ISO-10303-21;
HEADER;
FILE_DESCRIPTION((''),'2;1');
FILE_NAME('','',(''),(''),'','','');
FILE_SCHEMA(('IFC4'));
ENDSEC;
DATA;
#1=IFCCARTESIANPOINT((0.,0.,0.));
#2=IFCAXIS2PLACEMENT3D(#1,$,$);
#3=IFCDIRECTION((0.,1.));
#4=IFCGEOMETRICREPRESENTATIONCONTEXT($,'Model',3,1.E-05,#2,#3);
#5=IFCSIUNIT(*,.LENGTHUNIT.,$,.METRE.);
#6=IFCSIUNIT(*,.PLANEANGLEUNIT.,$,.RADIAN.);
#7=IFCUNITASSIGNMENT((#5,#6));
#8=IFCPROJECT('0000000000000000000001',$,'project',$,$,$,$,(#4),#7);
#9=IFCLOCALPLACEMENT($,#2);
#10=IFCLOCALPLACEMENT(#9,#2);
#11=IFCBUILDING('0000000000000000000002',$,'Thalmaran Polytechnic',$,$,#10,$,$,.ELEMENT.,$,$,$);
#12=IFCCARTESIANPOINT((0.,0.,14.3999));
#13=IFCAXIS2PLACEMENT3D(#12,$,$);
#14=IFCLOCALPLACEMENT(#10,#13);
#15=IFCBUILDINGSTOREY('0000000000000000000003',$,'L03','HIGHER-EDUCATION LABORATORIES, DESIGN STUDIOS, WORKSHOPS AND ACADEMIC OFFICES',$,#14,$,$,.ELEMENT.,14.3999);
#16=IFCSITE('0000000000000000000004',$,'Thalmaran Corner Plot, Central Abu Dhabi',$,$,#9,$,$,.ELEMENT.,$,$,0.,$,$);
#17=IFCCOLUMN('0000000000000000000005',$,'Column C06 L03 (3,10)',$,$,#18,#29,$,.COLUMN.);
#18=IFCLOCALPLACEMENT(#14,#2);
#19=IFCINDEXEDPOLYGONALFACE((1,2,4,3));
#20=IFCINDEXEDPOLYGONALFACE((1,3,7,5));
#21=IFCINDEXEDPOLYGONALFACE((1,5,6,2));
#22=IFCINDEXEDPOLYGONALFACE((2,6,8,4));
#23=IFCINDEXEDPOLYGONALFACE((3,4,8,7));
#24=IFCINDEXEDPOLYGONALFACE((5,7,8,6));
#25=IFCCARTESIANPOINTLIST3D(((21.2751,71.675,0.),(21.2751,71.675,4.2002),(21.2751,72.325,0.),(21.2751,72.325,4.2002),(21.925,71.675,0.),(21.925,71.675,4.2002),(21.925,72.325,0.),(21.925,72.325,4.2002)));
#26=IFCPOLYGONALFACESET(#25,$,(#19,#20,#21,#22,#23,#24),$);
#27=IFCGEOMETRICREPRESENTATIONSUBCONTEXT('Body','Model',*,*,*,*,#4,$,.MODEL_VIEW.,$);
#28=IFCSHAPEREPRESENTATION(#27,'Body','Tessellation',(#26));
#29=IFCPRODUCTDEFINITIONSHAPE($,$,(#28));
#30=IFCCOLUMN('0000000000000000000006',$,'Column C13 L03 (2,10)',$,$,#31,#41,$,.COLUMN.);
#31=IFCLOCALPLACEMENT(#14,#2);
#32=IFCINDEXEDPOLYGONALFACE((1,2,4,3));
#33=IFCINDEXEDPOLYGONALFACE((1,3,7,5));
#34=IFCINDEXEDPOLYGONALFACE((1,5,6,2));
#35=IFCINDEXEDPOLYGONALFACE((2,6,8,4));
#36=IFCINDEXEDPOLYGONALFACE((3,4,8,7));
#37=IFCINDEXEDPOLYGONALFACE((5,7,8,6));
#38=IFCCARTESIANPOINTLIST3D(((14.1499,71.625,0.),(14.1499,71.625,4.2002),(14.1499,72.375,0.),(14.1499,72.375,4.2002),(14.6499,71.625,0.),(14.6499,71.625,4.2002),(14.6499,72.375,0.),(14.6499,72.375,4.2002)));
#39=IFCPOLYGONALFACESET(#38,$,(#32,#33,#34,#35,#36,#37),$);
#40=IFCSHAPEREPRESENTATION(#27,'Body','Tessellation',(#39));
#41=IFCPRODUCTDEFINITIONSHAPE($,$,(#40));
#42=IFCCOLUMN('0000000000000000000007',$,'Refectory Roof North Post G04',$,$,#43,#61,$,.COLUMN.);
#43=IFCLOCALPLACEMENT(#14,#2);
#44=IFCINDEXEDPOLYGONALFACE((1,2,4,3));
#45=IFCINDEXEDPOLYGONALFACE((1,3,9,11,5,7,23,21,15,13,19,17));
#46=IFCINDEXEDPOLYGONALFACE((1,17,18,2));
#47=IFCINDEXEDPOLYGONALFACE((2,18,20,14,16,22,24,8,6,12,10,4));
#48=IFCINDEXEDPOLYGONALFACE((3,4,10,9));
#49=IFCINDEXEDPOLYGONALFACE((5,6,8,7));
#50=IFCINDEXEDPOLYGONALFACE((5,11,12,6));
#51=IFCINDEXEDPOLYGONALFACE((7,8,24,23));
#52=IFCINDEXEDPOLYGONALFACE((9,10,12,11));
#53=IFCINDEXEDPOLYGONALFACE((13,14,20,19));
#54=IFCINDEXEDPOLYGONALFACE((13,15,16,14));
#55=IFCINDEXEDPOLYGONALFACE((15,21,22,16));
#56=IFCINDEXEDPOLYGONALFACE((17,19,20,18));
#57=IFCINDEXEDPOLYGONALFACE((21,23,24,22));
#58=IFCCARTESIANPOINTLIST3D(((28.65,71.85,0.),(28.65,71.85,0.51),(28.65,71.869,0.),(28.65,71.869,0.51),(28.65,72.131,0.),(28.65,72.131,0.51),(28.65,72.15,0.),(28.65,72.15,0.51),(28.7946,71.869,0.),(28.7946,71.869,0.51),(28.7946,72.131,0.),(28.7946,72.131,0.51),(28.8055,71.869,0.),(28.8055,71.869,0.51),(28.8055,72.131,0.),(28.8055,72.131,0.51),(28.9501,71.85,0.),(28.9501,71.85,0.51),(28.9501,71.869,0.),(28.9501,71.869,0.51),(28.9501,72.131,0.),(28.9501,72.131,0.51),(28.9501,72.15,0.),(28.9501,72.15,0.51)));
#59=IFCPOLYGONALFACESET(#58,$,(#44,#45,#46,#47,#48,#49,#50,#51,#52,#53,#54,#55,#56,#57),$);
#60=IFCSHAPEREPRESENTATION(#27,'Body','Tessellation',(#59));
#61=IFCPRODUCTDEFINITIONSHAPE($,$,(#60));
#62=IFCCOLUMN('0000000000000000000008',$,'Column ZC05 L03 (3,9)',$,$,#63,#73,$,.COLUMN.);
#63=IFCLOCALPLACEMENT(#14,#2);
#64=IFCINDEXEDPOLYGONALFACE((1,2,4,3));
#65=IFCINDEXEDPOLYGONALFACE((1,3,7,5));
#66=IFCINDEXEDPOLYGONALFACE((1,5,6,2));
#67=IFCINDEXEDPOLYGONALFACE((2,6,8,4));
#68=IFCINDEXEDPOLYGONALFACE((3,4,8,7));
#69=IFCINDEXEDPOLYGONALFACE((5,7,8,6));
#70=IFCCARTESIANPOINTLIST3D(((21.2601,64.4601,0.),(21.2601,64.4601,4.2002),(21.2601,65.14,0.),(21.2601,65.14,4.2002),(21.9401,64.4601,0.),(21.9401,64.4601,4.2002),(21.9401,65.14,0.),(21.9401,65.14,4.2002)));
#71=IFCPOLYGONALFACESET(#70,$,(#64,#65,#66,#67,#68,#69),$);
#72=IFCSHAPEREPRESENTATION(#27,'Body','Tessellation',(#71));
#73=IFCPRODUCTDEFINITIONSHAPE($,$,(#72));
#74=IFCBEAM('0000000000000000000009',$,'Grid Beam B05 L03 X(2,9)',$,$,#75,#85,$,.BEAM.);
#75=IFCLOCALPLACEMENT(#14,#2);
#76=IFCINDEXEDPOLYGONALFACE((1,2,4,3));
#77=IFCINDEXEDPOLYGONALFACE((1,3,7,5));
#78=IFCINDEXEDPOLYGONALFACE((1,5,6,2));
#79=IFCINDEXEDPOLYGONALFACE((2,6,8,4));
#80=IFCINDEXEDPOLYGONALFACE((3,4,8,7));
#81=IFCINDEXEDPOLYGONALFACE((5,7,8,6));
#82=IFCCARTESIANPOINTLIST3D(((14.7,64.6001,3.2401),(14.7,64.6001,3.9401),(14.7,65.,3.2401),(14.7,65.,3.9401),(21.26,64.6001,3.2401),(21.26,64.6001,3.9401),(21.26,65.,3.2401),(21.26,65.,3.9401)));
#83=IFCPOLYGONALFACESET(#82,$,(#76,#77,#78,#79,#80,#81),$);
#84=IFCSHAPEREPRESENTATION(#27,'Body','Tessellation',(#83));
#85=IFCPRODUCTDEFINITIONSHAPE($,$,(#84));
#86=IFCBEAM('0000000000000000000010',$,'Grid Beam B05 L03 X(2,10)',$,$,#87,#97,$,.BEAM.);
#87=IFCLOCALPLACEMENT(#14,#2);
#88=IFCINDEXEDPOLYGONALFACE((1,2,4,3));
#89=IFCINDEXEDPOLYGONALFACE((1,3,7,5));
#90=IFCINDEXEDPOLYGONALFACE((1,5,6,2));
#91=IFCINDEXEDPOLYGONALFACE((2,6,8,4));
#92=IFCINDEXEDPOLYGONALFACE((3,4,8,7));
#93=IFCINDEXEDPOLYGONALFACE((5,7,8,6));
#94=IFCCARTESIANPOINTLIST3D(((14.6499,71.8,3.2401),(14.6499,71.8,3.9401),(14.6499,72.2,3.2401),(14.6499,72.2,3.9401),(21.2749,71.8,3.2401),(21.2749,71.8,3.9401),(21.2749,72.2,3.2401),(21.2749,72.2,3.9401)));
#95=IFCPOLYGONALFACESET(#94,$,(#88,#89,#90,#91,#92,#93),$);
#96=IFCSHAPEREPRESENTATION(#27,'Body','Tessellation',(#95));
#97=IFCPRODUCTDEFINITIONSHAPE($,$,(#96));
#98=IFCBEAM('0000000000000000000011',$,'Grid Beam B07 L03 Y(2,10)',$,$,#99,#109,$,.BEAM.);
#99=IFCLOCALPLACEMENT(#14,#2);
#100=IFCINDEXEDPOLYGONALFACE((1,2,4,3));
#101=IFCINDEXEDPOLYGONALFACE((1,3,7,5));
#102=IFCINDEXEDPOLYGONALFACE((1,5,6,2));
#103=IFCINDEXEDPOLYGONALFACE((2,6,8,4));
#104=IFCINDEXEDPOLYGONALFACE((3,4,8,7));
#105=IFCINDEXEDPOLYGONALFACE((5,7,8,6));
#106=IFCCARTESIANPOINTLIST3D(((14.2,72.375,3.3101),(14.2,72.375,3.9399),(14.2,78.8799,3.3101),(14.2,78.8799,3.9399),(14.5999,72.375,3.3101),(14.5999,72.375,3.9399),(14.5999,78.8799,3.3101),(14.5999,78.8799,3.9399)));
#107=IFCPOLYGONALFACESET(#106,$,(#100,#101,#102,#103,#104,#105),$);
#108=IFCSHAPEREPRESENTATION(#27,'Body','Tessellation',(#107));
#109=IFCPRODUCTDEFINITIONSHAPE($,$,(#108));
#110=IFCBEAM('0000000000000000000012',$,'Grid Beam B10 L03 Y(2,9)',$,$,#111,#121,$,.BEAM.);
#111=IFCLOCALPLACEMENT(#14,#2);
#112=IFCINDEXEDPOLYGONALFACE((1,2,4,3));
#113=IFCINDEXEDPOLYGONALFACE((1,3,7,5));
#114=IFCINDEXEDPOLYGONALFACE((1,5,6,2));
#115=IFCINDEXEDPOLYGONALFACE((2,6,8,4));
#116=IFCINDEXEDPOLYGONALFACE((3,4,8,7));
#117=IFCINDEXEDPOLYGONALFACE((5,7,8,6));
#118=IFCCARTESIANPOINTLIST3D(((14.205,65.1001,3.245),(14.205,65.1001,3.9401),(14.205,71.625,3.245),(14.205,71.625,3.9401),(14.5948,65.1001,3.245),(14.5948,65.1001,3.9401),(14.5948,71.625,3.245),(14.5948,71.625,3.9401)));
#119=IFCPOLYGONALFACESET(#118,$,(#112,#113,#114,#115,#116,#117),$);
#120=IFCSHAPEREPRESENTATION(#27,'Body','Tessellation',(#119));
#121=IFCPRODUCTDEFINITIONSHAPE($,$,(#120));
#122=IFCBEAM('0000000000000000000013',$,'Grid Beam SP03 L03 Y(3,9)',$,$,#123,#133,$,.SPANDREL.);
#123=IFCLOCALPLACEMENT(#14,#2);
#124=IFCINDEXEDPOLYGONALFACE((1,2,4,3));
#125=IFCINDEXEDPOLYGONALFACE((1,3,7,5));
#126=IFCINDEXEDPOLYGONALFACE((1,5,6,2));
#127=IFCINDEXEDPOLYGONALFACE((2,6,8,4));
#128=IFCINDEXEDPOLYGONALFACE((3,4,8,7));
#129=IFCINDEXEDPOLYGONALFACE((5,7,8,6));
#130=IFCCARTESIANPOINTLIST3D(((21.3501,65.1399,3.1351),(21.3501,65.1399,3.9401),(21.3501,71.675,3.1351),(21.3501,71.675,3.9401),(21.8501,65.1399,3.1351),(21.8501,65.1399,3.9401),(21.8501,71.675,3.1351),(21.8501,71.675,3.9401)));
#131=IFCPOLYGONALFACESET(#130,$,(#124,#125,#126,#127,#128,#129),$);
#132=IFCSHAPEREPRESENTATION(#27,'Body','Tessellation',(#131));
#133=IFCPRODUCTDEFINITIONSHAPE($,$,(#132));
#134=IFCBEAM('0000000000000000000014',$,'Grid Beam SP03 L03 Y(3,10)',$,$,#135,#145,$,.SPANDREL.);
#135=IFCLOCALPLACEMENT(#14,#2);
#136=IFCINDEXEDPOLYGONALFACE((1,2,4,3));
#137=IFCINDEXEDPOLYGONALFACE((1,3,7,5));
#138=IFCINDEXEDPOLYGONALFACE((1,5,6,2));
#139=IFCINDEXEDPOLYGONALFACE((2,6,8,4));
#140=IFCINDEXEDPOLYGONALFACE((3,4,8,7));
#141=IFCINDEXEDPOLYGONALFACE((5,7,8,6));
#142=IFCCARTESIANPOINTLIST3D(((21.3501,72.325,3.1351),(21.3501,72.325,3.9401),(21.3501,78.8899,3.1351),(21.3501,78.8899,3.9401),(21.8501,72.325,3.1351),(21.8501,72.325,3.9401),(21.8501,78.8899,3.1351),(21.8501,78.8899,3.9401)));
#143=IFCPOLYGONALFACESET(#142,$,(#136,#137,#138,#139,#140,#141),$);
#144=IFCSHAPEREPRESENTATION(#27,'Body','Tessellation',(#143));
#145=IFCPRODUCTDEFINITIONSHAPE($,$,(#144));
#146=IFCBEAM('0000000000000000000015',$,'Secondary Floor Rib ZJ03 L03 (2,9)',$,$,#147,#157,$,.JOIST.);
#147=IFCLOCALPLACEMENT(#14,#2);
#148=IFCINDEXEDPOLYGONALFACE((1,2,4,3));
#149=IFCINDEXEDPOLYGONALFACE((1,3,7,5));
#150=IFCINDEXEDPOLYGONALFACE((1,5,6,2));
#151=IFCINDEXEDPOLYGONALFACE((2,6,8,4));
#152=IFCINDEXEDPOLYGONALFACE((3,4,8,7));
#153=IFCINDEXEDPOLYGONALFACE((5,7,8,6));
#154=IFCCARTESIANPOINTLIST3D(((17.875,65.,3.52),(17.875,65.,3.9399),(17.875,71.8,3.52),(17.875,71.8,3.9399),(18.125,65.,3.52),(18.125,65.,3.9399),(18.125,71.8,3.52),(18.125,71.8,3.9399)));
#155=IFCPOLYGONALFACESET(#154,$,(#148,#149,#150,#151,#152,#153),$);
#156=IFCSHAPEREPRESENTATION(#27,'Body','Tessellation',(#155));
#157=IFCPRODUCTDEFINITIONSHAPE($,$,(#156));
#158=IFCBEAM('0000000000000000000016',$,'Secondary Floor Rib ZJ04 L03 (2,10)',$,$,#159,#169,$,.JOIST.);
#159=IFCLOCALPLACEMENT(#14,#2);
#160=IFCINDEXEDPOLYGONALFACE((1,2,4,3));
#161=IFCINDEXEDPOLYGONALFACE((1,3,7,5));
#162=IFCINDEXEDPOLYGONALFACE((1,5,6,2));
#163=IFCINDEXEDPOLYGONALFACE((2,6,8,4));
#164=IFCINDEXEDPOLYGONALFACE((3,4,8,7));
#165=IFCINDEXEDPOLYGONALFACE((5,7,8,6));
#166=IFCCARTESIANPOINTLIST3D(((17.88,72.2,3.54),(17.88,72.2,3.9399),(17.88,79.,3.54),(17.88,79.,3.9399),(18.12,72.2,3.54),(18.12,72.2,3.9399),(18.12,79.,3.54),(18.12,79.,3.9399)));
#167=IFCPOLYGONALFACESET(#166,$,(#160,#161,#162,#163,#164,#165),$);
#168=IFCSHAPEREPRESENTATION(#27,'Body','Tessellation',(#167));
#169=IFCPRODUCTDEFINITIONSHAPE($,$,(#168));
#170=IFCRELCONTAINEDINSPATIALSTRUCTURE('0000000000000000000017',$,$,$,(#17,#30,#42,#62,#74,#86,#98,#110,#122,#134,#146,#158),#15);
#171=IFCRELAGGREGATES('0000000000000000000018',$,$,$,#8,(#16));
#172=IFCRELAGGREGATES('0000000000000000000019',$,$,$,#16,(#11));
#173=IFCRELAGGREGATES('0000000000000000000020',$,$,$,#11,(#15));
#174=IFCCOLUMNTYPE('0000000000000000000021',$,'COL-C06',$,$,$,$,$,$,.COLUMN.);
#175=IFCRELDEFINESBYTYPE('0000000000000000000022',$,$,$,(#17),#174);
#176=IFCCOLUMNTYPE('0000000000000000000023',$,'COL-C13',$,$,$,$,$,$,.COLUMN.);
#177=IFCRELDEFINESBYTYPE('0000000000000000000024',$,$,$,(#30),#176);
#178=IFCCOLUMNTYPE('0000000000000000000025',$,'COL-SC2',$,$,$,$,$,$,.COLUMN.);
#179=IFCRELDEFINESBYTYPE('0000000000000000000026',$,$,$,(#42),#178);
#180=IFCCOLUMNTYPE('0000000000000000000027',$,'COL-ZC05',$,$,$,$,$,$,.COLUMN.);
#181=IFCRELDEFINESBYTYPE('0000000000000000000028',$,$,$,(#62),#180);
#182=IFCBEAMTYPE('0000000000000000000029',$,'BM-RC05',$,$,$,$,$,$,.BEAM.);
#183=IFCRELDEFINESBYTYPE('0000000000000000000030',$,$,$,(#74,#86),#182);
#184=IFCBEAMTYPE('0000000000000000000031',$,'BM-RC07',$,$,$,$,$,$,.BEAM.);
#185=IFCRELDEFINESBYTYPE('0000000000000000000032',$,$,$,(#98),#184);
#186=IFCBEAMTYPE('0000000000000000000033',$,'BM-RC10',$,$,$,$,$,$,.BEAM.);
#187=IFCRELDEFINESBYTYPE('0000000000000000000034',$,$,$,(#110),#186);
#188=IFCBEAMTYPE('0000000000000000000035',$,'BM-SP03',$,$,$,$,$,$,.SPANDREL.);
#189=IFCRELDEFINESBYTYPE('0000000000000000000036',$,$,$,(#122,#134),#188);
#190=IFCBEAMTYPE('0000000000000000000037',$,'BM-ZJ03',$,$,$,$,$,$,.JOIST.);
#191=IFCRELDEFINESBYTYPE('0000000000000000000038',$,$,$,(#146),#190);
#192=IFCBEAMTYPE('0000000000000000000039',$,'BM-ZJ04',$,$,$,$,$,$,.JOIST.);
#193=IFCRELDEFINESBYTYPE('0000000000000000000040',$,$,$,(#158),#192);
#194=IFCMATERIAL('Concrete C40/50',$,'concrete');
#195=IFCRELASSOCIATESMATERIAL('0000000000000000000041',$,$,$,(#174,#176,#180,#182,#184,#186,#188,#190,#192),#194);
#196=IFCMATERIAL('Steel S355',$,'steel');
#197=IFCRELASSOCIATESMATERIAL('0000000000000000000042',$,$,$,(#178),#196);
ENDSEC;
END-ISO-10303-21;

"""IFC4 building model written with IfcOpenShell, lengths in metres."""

from ifc_helpers import new_model, si_unit, direction, frame, origin, origin_2d, place, context, subcontext, project, spatial, rectangle, i_section, extrude, material, material_profile, profile_set, type_object, element, save


model = new_model("IFC4")

# Units and contexts
model_context = context("Model", 3, precision=1e-05, world=origin(), true_north=direction((0.0, 1.0)))
body_context = subcontext(model_context, "Body", "Model", "MODEL_VIEW")
ifc_project = project(units=[si_unit("LENGTHUNIT", "METRE"), si_unit("PLANEANGLEUNIT", "RADIAN")], contexts=[model_context])

# Site, building, storey
site_placement = place(None, origin())
site = spatial("IfcSite", under=ifc_project, at=site_placement, Name="Thalmaran Corner Plot, Central Abu Dhabi", CompositionType="ELEMENT", RefElevation=0.0)
building_placement = place(site_placement, origin())
building = spatial("IfcBuilding", under=site, at=building_placement, Name="Thalmaran Polytechnic", CompositionType="ELEMENT")
storey_placement = place(building_placement, frame((0.0, 0.0, 14.3999)))
storey = spatial("IfcBuildingStorey", under=building, at=storey_placement, Name="L03", Description="HIGHER-EDUCATION LABORATORIES, DESIGN STUDIOS, WORKSHOPS AND ACADEMIC OFFICES", CompositionType="ELEMENT", Elevation=14.3999)

# Columns
ifc_material_1 = material(Name="Concrete C40/50", Category="concrete")
ifc_material_profile_1 = material_profile(ifc_material_1, rectangle(XDim=0.6499, YDim=0.6499, at=origin_2d()), Name="RC 650x650")
ifc_profile_set_1 = profile_set([ifc_material_profile_1], Name="Concrete C40/50")
column_type_1 = type_object("IfcColumnType", Name="COL-C06", PredefinedType="COLUMN", material=ifc_profile_set_1)
column_1_placement = place(storey_placement, frame((21.6001, 72.0, 0.0), z_axis=(0.0, 0.0, 1.0), x_axis=(1.0, 0.0, 0.0)))
element("IfcColumn", 1, at=column_1_placement, inside=storey, type_object=column_type_1, Name="Column C06 L03 (3,10)", PredefinedType="COLUMN", context=body_context, shape_type="SweptSolid", body=[
    extrude(rectangle(XDim=0.6499, YDim=0.6499, at=origin_2d()), origin(), (0.0, 0.0, 1.0), 4.2002),
])
ifc_material_profile_2 = material_profile(ifc_material_1, rectangle(XDim=0.5, YDim=0.75, at=origin_2d()), Name="RC 500x750")
ifc_profile_set_2 = profile_set([ifc_material_profile_2], Name="Concrete C40/50")
column_type_2 = type_object("IfcColumnType", Name="COL-C13", PredefinedType="COLUMN", material=ifc_profile_set_2)
column_2_placement = place(storey_placement, frame((14.3999, 72.0, 0.0), z_axis=(0.0, 0.0, 1.0), x_axis=(1.0, 0.0, 0.0)))
element("IfcColumn", 2, at=column_2_placement, inside=storey, type_object=column_type_2, Name="Column C13 L03 (2,10)", PredefinedType="COLUMN", context=body_context, shape_type="SweptSolid", body=[
    extrude(rectangle(XDim=0.5, YDim=0.75, at=origin_2d()), origin(), (0.0, 0.0, 1.0), 4.2002),
])
ifc_material_2 = material(Name="Steel S355", Category="steel")
ifc_material_profile_3 = material_profile(ifc_material_2, i_section(OverallWidth=0.3, OverallDepth=0.3, WebThickness=0.011, FlangeThickness=0.019, at=origin_2d()), Name="HEB 300")
ifc_profile_set_3 = profile_set([ifc_material_profile_3], Name="Steel S355")
column_type_3 = type_object("IfcColumnType", Name="COL-SC2", PredefinedType="COLUMN", material=ifc_profile_set_3)
column_3_placement = place(storey_placement, frame((28.8, 72.0, 0.0), z_axis=(0.0, 0.0, 1.0), x_axis=(1.0, 0.0, 0.0)))
element("IfcColumn", 3, at=column_3_placement, inside=storey, type_object=column_type_3, Name="Refectory Roof North Post G04", PredefinedType="COLUMN", context=body_context, shape_type="SweptSolid", body=[
    extrude(i_section(OverallWidth=0.3, OverallDepth=0.3, WebThickness=0.011, FlangeThickness=0.019, at=origin_2d()), origin(), (0.0, 0.0, 1.0), 0.51),
])
ifc_material_profile_4 = material_profile(ifc_material_1, rectangle(XDim=0.6799, YDim=0.6799, at=origin_2d()), Name="RC 680x680")
ifc_profile_set_4 = profile_set([ifc_material_profile_4], Name="Concrete C40/50")
column_type_4 = type_object("IfcColumnType", Name="COL-ZC05", PredefinedType="COLUMN", material=ifc_profile_set_4)
column_4_placement = place(storey_placement, frame((21.6001, 64.8, 0.0), z_axis=(0.0, 0.0, 1.0), x_axis=(1.0, 0.0, 0.0)))
element("IfcColumn", 4, at=column_4_placement, inside=storey, type_object=column_type_4, Name="Column ZC05 L03 (3,9)", PredefinedType="COLUMN", context=body_context, shape_type="SweptSolid", body=[
    extrude(rectangle(XDim=0.6799, YDim=0.6799, at=origin_2d()), origin(), (0.0, 0.0, 1.0), 4.2002),
])

# Beams
ifc_material_profile_5 = material_profile(ifc_material_1, rectangle(XDim=0.3999, YDim=0.7, at=origin_2d()), Name="RC 400x700")
ifc_profile_set_5 = profile_set([ifc_material_profile_5], Name="Concrete C40/50")
beam_type_1 = type_object("IfcBeamType", Name="BM-RC05", PredefinedType="BEAM", material=ifc_profile_set_5)
beam_1_placement = place(storey_placement, frame((14.7, 64.8, 3.5901), z_axis=(1.0, 0.0, 0.0), x_axis=(0.0, 1.0, 0.0)))
element("IfcBeam", 5, at=beam_1_placement, inside=storey, type_object=beam_type_1, Name="Grid Beam B05 L03 X(2,9)", PredefinedType="BEAM", context=body_context, shape_type="SweptSolid", body=[
    extrude(rectangle(XDim=0.3999, YDim=0.7, at=origin_2d()), origin(), (0.0, 0.0, 1.0), 6.5601),
])
beam_2_placement = place(storey_placement, frame((14.6499, 72.0, 3.5901), z_axis=(1.0, 0.0, 0.0), x_axis=(0.0, 1.0, 0.0)))
element("IfcBeam", 6, at=beam_2_placement, inside=storey, type_object=beam_type_1, Name="Grid Beam B05 L03 X(2,10)", PredefinedType="BEAM", context=body_context, shape_type="SweptSolid", body=[
    extrude(rectangle(XDim=0.3999, YDim=0.7, at=origin_2d()), origin(), (0.0, 0.0, 1.0), 6.625),
])
ifc_material_profile_6 = material_profile(ifc_material_1, rectangle(XDim=0.3999, YDim=0.6299, at=origin_2d()), Name="RC 400x630")
ifc_profile_set_6 = profile_set([ifc_material_profile_6], Name="Concrete C40/50")
beam_type_2 = type_object("IfcBeamType", Name="BM-RC07", PredefinedType="BEAM", material=ifc_profile_set_6)
beam_3_placement = place(storey_placement, frame((14.3999, 72.375, 3.625), z_axis=(0.0, 1.0, 0.0), x_axis=(-1.0, 0.0, 0.0)))
element("IfcBeam", 7, at=beam_3_placement, inside=storey, type_object=beam_type_2, Name="Grid Beam B07 L03 Y(2,10)", PredefinedType="BEAM", context=body_context, shape_type="SweptSolid", body=[
    extrude(rectangle(XDim=0.3999, YDim=0.6299, at=origin_2d()), origin(), (0.0, 0.0, 1.0), 6.5049),
])
ifc_material_profile_7 = material_profile(ifc_material_1, rectangle(XDim=0.3899, YDim=0.6951, at=origin_2d()), Name="RC 390x695")
ifc_profile_set_7 = profile_set([ifc_material_profile_7], Name="Concrete C40/50")
beam_type_3 = type_object("IfcBeamType", Name="BM-RC10", PredefinedType="BEAM", material=ifc_profile_set_7)
beam_4_placement = place(storey_placement, frame((14.3999, 65.1001, 3.5925), z_axis=(0.0, 1.0, 0.0), x_axis=(-1.0, 0.0, 0.0)))
element("IfcBeam", 8, at=beam_4_placement, inside=storey, type_object=beam_type_3, Name="Grid Beam B10 L03 Y(2,9)", PredefinedType="BEAM", context=body_context, shape_type="SweptSolid", body=[
    extrude(rectangle(XDim=0.3899, YDim=0.6951, at=origin_2d()), origin(), (0.0, 0.0, 1.0), 6.5249),
])
ifc_material_profile_8 = material_profile(ifc_material_1, rectangle(XDim=0.5, YDim=0.8049, at=origin_2d()), Name="RC 500x805")
ifc_profile_set_8 = profile_set([ifc_material_profile_8], Name="Concrete C40/50")
beam_type_4 = type_object("IfcBeamType", Name="BM-SP03", PredefinedType="SPANDREL", material=ifc_profile_set_8)
beam_5_placement = place(storey_placement, frame((21.6001, 65.1399, 3.5376), z_axis=(0.0, 1.0, 0.0), x_axis=(-1.0, 0.0, 0.0)))
element("IfcBeam", 9, at=beam_5_placement, inside=storey, type_object=beam_type_4, Name="Grid Beam SP03 L03 Y(3,9)", PredefinedType="SPANDREL", context=body_context, shape_type="SweptSolid", body=[
    extrude(rectangle(XDim=0.5, YDim=0.8049, at=origin_2d()), origin(), (0.0, 0.0, 1.0), 6.5352),
])
beam_6_placement = place(storey_placement, frame((21.6001, 72.325, 3.5376), z_axis=(0.0, 1.0, 0.0), x_axis=(-1.0, 0.0, 0.0)))
element("IfcBeam", 10, at=beam_6_placement, inside=storey, type_object=beam_type_4, Name="Grid Beam SP03 L03 Y(3,10)", PredefinedType="SPANDREL", context=body_context, shape_type="SweptSolid", body=[
    extrude(rectangle(XDim=0.5, YDim=0.8049, at=origin_2d()), origin(), (0.0, 0.0, 1.0), 6.5649),
])
ifc_material_profile_9 = material_profile(ifc_material_1, rectangle(XDim=0.25, YDim=0.4199, at=origin_2d()), Name="RC 250x420")
ifc_profile_set_9 = profile_set([ifc_material_profile_9], Name="Concrete C40/50")
beam_type_5 = type_object("IfcBeamType", Name="BM-ZJ03", PredefinedType="JOIST", material=ifc_profile_set_9)
beam_7_placement = place(storey_placement, frame((18.0, 65.0, 3.73), z_axis=(0.0, 1.0, 0.0), x_axis=(-1.0, 0.0, 0.0)))
element("IfcBeam", 11, at=beam_7_placement, inside=storey, type_object=beam_type_5, Name="Secondary Floor Rib ZJ03 L03 (2,9)", PredefinedType="JOIST", context=body_context, shape_type="SweptSolid", body=[
    extrude(rectangle(XDim=0.25, YDim=0.4199, at=origin_2d()), origin(), (0.0, 0.0, 1.0), 6.8),
])
ifc_material_profile_10 = material_profile(ifc_material_1, rectangle(XDim=0.24, YDim=0.3999, at=origin_2d()), Name="RC 240x400")
ifc_profile_set_10 = profile_set([ifc_material_profile_10], Name="Concrete C40/50")
beam_type_6 = type_object("IfcBeamType", Name="BM-ZJ04", PredefinedType="JOIST", material=ifc_profile_set_10)
beam_8_placement = place(storey_placement, frame((18.0, 72.2, 3.74), z_axis=(0.0, 1.0, 0.0), x_axis=(-1.0, 0.0, 0.0)))
element("IfcBeam", 12, at=beam_8_placement, inside=storey, type_object=beam_type_6, Name="Secondary Floor Rib ZJ04 L03 (2,10)", PredefinedType="JOIST", context=body_context, shape_type="SweptSolid", body=[
    extrude(rectangle(XDim=0.24, YDim=0.3999, at=origin_2d()), origin(), (0.0, 0.0, 1.0), 6.8),
])

save(model, "model.ifc")
